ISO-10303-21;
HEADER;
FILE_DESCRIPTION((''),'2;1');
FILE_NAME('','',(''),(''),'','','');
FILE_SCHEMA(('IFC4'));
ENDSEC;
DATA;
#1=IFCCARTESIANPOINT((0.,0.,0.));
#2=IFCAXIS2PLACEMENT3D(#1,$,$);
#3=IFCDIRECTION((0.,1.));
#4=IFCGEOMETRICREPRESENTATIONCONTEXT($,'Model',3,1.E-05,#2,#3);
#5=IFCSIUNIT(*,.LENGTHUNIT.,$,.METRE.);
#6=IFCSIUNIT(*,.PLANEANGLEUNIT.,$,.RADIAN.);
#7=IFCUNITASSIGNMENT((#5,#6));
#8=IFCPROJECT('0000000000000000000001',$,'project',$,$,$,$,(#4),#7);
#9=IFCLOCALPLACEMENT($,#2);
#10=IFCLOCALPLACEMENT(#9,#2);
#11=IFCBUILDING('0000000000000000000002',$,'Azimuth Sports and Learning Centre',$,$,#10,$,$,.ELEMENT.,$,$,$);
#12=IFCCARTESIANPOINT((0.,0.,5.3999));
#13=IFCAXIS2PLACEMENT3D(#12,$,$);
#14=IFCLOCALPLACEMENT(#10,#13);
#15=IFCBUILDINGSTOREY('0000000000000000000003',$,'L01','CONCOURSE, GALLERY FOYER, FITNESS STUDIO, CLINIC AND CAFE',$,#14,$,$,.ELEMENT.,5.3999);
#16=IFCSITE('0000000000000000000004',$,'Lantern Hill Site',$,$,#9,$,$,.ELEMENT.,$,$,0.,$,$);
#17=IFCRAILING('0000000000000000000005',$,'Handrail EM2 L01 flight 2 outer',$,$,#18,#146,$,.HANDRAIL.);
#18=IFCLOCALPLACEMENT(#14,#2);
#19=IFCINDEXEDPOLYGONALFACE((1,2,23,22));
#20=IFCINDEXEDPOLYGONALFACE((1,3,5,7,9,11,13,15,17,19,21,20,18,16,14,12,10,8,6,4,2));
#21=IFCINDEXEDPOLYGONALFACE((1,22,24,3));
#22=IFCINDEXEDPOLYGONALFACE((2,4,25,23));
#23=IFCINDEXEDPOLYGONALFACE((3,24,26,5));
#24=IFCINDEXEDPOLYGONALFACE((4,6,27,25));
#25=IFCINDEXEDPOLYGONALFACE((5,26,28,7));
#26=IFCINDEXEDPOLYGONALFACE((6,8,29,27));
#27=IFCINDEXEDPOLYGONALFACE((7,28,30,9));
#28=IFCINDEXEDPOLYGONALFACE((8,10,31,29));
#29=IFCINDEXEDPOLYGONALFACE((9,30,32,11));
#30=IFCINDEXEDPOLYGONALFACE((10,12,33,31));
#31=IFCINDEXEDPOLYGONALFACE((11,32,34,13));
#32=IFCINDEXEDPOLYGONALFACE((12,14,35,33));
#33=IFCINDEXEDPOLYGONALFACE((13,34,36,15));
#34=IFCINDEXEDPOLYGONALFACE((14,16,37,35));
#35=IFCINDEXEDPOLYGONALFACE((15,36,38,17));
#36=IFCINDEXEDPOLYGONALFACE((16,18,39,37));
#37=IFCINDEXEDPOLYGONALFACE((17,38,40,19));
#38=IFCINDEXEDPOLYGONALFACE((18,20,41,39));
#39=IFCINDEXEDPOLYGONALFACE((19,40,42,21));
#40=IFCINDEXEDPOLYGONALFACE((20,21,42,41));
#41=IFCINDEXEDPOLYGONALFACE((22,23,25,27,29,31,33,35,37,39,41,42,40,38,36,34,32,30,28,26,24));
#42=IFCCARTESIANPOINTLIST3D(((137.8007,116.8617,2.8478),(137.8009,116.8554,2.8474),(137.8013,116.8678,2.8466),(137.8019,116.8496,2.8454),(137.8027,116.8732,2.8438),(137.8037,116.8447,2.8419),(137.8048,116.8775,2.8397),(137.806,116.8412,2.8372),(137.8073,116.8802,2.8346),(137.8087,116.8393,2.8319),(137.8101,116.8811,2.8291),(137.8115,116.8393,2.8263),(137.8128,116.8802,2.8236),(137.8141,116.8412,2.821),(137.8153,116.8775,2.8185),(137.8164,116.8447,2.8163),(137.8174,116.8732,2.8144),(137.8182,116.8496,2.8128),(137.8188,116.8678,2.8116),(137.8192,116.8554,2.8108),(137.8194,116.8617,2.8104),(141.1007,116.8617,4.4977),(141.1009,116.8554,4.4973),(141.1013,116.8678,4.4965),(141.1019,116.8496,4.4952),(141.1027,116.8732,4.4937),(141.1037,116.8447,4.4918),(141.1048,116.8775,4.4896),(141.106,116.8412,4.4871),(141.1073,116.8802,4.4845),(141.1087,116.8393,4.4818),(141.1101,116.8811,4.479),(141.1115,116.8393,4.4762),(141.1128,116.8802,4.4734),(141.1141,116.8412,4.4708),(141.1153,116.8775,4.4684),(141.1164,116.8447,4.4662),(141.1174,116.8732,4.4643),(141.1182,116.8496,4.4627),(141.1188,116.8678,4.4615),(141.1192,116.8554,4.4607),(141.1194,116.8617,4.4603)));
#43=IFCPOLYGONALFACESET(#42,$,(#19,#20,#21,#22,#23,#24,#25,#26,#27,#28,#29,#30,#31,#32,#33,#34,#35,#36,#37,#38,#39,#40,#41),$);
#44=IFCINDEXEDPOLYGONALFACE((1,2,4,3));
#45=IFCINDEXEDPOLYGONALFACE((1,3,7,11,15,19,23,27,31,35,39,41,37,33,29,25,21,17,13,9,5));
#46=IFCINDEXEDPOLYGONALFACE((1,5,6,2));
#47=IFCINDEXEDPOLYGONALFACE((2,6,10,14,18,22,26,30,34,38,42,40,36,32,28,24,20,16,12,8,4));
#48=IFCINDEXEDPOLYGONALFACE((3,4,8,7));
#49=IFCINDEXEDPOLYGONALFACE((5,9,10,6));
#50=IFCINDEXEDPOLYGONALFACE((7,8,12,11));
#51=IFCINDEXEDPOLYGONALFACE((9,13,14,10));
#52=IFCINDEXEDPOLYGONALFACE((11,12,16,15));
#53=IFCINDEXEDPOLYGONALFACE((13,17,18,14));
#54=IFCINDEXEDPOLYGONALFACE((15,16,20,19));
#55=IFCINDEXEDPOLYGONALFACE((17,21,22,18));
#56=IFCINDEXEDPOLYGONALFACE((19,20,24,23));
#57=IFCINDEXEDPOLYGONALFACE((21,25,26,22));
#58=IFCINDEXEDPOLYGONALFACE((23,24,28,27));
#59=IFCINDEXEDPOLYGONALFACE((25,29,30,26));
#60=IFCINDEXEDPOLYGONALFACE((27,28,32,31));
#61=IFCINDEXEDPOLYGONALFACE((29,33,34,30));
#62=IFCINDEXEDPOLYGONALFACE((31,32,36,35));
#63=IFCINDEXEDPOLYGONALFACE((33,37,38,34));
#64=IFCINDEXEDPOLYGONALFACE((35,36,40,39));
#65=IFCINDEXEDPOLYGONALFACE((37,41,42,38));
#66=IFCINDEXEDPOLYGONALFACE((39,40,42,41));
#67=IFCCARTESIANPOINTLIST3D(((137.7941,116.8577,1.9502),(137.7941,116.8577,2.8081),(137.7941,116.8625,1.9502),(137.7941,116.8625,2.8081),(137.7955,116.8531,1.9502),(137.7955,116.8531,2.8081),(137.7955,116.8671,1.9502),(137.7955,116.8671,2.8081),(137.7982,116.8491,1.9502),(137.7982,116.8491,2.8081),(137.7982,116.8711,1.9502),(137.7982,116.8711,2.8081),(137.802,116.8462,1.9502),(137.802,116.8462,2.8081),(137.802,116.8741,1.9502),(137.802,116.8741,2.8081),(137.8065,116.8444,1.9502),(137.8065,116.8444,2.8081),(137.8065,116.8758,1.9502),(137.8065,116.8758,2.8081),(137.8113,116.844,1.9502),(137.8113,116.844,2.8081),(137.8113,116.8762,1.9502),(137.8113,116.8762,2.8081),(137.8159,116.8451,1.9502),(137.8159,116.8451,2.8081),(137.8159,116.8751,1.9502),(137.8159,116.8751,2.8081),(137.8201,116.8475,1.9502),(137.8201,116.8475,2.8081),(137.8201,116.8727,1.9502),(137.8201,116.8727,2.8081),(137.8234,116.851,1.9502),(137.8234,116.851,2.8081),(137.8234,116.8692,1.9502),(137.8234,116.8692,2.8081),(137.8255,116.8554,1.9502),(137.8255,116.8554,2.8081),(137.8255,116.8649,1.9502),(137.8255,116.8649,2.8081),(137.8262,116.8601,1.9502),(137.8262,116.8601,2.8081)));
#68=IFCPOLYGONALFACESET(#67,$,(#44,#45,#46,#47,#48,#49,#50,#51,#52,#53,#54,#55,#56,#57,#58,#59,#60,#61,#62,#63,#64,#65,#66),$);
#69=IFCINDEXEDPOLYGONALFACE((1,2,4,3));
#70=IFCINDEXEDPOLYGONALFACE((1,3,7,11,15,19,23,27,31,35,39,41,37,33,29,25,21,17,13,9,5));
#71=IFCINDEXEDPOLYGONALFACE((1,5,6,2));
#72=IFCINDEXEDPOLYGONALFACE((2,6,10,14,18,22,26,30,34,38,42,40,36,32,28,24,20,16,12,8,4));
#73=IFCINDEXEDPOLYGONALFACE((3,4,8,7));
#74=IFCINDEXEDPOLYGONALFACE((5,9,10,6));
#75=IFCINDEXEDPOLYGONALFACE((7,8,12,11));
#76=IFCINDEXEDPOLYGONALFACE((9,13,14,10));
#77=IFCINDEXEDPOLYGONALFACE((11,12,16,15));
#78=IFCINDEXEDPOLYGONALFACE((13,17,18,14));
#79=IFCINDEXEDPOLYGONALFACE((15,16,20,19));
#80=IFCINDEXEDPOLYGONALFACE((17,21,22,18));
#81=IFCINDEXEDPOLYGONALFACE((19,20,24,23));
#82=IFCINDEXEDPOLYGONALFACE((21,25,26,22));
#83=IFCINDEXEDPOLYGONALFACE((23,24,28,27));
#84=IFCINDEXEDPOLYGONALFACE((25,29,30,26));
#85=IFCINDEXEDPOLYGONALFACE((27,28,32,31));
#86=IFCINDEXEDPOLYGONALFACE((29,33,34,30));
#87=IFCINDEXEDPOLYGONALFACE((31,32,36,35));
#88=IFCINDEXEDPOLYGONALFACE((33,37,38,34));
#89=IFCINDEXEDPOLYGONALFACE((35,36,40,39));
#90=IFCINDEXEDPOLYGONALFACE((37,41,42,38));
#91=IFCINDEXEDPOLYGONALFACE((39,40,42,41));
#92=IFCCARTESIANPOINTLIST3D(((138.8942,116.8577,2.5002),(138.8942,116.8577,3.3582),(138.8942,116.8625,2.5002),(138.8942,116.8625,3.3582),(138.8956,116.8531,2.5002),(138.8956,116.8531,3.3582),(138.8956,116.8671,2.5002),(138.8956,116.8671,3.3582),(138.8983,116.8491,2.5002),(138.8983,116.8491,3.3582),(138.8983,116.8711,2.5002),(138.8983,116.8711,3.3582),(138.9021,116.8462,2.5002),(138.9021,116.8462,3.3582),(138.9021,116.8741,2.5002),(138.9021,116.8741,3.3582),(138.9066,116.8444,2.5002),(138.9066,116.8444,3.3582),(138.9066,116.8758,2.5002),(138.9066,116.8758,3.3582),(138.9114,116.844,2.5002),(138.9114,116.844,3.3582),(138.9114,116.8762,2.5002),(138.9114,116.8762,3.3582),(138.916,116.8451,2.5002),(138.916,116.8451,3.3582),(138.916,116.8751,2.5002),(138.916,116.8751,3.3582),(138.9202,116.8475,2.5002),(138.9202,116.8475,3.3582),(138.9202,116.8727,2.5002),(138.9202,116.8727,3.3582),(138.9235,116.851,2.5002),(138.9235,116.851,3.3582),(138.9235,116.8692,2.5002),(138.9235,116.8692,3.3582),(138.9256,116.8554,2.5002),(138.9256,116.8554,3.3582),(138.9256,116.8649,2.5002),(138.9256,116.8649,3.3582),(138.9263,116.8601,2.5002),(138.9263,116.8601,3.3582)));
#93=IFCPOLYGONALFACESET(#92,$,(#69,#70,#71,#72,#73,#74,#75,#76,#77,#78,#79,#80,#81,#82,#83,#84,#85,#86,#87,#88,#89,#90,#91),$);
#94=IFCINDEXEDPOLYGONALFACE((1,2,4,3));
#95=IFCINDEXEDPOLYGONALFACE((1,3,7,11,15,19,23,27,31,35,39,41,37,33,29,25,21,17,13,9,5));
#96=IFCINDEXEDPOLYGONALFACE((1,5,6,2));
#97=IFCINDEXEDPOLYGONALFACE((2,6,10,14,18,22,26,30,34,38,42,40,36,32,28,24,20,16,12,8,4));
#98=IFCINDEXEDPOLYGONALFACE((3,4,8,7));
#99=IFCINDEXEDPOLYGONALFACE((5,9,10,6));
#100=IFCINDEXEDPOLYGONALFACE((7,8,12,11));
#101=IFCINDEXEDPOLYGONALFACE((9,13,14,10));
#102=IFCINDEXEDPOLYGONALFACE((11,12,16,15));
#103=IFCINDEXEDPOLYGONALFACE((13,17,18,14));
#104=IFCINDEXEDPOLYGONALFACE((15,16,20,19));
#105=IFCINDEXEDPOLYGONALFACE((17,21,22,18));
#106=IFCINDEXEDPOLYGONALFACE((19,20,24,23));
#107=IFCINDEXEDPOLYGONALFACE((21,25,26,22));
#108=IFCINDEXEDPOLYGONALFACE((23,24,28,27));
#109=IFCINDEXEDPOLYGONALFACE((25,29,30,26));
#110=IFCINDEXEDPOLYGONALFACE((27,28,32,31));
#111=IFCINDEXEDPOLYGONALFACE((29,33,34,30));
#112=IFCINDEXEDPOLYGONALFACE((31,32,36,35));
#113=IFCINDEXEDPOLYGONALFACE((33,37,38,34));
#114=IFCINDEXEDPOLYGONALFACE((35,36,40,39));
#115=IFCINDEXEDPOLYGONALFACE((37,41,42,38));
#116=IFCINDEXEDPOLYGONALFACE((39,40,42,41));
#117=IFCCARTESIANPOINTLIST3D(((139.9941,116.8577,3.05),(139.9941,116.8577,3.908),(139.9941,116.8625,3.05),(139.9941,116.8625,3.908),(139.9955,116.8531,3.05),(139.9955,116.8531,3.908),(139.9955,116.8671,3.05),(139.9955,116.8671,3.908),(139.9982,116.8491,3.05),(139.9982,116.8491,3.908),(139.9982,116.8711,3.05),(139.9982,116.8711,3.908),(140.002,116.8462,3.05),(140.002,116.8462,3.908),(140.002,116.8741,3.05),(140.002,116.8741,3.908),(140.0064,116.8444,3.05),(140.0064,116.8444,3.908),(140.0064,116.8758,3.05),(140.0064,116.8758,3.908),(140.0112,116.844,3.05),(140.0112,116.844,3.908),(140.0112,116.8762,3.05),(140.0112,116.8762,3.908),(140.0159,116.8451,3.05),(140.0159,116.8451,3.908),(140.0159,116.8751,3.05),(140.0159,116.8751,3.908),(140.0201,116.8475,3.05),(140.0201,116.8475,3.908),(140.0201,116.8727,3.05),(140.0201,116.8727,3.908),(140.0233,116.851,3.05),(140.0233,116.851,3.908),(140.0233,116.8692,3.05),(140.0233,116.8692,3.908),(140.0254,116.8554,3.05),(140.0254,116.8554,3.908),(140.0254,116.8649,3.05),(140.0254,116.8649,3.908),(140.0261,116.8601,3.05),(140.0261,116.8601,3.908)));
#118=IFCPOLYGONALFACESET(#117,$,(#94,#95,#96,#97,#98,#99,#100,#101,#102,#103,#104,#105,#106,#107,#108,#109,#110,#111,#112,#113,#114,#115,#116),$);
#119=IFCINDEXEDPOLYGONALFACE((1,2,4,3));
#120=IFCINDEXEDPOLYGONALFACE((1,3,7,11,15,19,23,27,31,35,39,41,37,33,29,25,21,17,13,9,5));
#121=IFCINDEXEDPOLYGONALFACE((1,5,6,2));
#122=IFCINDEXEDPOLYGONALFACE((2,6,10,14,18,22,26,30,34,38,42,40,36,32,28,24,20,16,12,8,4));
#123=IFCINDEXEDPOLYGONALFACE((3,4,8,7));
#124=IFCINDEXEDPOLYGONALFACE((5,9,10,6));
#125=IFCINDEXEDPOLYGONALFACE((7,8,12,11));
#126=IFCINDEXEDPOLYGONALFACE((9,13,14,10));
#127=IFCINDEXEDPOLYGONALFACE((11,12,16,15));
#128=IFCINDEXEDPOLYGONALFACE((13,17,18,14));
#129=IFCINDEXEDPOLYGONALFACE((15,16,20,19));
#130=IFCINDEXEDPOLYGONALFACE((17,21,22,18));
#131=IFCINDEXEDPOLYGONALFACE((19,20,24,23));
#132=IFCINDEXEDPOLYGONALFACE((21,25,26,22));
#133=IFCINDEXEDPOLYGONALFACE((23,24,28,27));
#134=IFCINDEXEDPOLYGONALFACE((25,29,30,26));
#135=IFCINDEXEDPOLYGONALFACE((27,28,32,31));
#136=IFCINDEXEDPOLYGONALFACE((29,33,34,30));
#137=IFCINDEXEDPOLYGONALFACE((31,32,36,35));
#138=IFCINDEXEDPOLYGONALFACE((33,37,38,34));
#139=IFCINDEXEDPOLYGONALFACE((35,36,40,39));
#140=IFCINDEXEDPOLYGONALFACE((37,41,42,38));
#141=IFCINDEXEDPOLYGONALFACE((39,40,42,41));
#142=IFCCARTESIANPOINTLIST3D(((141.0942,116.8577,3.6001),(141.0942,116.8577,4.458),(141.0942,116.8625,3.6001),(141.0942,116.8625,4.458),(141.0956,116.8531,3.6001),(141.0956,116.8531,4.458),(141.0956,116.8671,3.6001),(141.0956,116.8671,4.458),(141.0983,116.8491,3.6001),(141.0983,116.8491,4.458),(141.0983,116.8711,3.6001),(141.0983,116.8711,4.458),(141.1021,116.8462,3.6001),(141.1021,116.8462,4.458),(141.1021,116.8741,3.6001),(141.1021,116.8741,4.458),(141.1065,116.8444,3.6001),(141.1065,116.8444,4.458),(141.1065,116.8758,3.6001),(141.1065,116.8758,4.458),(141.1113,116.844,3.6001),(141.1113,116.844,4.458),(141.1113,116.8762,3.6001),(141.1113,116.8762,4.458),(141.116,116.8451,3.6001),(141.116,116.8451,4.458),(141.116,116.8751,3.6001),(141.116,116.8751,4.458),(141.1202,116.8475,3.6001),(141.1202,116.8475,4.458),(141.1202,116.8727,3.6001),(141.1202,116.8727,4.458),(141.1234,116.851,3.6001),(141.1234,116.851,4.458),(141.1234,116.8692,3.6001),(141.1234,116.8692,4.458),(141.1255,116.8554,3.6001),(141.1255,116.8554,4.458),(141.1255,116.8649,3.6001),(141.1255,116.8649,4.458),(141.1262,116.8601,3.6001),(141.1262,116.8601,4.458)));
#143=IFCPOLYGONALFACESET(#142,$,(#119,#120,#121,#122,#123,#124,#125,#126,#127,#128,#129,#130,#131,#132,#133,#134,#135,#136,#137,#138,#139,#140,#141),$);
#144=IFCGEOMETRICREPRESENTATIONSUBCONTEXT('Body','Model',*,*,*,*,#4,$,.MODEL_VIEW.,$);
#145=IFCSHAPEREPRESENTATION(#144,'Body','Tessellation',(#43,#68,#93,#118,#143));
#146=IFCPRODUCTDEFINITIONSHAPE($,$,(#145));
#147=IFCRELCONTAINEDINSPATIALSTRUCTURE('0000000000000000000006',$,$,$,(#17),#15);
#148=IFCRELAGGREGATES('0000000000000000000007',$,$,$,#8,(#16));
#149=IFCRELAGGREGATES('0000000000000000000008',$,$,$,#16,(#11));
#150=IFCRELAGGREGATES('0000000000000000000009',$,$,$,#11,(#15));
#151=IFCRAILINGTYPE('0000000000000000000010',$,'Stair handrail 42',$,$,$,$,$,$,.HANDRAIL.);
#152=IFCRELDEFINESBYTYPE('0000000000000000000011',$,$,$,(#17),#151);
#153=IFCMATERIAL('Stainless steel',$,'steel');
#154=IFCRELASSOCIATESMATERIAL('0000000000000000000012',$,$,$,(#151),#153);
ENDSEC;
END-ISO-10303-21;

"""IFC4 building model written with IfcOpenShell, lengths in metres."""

from ifc_helpers import new_model, si_unit, direction, frame, origin, origin_2d, place, context, subcontext, project, spatial, circle, extrude, material, type_object, element, save


model = new_model("IFC4")

# Units and contexts
model_context = context("Model", 3, precision=1e-05, world=origin(), true_north=direction((0.0, 1.0)))
body_context = subcontext(model_context, "Body", "Model", "MODEL_VIEW")
ifc_project = project(units=[si_unit("LENGTHUNIT", "METRE"), si_unit("PLANEANGLEUNIT", "RADIAN")], contexts=[model_context])

# Site, building, storey
site_placement = place(None, origin())
site = spatial("IfcSite", under=ifc_project, at=site_placement, Name="Lantern Hill Site", CompositionType="ELEMENT", RefElevation=0.0)
building_placement = place(site_placement, origin())
building = spatial("IfcBuilding", under=site, at=building_placement, Name="Azimuth Sports and Learning Centre", CompositionType="ELEMENT")
storey_placement = place(building_placement, frame((0.0, 0.0, 5.3999)))
storey = spatial("IfcBuildingStorey", under=building, at=storey_placement, Name="L01", Description="CONCOURSE, GALLERY FOYER, FITNESS STUDIO, CLINIC AND CAFE", CompositionType="ELEMENT", Elevation=5.3999)

# Railing
ifc_material_1 = material(Name="Stainless steel", Category="steel")
railing_type = type_object("IfcRailingType", Name="Stair handrail 42", PredefinedType="HANDRAIL", material=ifc_material_1)
for number, where, name in (
    (1, (137.8101, 116.8601, 1.9502), "Handrail EM2 L01 flight 2 outer"),
):
    element("IfcRailing", number, at=place(storey_placement, frame(where)), inside=storey, type_object=railing_type, Name=name, PredefinedType="HANDRAIL", context=body_context, shape_type="SweptSolid", body=[
        extrude(circle(Radius=0.021, at=origin_2d()), frame((0.0, 0.0, 0.8789), z_axis=(0.89444, 0.0, 0.447187), x_axis=(0.0, 1.0, 0.0)), (0.0, 0.0, 1.0), 3.6895),
        extrude(circle(Radius=0.0161, at=origin_2d()), origin(), (0.0, 0.0, 1.0), 0.8579),
        extrude(circle(Radius=0.0161, at=origin_2d()), frame((1.1001, 0.0, 0.55)), (0.0, 0.0, 1.0), 0.8579),
        extrude(circle(Radius=0.0161, at=origin_2d()), frame((2.2, 0.0, 1.0999)), (0.0, 0.0, 1.0), 0.8579),
        extrude(circle(Radius=0.0161, at=origin_2d()), frame((3.3, 0.0, 1.6499)), (0.0, 0.0, 1.0), 0.8579),
    ])

save(model, "model.ifc")
